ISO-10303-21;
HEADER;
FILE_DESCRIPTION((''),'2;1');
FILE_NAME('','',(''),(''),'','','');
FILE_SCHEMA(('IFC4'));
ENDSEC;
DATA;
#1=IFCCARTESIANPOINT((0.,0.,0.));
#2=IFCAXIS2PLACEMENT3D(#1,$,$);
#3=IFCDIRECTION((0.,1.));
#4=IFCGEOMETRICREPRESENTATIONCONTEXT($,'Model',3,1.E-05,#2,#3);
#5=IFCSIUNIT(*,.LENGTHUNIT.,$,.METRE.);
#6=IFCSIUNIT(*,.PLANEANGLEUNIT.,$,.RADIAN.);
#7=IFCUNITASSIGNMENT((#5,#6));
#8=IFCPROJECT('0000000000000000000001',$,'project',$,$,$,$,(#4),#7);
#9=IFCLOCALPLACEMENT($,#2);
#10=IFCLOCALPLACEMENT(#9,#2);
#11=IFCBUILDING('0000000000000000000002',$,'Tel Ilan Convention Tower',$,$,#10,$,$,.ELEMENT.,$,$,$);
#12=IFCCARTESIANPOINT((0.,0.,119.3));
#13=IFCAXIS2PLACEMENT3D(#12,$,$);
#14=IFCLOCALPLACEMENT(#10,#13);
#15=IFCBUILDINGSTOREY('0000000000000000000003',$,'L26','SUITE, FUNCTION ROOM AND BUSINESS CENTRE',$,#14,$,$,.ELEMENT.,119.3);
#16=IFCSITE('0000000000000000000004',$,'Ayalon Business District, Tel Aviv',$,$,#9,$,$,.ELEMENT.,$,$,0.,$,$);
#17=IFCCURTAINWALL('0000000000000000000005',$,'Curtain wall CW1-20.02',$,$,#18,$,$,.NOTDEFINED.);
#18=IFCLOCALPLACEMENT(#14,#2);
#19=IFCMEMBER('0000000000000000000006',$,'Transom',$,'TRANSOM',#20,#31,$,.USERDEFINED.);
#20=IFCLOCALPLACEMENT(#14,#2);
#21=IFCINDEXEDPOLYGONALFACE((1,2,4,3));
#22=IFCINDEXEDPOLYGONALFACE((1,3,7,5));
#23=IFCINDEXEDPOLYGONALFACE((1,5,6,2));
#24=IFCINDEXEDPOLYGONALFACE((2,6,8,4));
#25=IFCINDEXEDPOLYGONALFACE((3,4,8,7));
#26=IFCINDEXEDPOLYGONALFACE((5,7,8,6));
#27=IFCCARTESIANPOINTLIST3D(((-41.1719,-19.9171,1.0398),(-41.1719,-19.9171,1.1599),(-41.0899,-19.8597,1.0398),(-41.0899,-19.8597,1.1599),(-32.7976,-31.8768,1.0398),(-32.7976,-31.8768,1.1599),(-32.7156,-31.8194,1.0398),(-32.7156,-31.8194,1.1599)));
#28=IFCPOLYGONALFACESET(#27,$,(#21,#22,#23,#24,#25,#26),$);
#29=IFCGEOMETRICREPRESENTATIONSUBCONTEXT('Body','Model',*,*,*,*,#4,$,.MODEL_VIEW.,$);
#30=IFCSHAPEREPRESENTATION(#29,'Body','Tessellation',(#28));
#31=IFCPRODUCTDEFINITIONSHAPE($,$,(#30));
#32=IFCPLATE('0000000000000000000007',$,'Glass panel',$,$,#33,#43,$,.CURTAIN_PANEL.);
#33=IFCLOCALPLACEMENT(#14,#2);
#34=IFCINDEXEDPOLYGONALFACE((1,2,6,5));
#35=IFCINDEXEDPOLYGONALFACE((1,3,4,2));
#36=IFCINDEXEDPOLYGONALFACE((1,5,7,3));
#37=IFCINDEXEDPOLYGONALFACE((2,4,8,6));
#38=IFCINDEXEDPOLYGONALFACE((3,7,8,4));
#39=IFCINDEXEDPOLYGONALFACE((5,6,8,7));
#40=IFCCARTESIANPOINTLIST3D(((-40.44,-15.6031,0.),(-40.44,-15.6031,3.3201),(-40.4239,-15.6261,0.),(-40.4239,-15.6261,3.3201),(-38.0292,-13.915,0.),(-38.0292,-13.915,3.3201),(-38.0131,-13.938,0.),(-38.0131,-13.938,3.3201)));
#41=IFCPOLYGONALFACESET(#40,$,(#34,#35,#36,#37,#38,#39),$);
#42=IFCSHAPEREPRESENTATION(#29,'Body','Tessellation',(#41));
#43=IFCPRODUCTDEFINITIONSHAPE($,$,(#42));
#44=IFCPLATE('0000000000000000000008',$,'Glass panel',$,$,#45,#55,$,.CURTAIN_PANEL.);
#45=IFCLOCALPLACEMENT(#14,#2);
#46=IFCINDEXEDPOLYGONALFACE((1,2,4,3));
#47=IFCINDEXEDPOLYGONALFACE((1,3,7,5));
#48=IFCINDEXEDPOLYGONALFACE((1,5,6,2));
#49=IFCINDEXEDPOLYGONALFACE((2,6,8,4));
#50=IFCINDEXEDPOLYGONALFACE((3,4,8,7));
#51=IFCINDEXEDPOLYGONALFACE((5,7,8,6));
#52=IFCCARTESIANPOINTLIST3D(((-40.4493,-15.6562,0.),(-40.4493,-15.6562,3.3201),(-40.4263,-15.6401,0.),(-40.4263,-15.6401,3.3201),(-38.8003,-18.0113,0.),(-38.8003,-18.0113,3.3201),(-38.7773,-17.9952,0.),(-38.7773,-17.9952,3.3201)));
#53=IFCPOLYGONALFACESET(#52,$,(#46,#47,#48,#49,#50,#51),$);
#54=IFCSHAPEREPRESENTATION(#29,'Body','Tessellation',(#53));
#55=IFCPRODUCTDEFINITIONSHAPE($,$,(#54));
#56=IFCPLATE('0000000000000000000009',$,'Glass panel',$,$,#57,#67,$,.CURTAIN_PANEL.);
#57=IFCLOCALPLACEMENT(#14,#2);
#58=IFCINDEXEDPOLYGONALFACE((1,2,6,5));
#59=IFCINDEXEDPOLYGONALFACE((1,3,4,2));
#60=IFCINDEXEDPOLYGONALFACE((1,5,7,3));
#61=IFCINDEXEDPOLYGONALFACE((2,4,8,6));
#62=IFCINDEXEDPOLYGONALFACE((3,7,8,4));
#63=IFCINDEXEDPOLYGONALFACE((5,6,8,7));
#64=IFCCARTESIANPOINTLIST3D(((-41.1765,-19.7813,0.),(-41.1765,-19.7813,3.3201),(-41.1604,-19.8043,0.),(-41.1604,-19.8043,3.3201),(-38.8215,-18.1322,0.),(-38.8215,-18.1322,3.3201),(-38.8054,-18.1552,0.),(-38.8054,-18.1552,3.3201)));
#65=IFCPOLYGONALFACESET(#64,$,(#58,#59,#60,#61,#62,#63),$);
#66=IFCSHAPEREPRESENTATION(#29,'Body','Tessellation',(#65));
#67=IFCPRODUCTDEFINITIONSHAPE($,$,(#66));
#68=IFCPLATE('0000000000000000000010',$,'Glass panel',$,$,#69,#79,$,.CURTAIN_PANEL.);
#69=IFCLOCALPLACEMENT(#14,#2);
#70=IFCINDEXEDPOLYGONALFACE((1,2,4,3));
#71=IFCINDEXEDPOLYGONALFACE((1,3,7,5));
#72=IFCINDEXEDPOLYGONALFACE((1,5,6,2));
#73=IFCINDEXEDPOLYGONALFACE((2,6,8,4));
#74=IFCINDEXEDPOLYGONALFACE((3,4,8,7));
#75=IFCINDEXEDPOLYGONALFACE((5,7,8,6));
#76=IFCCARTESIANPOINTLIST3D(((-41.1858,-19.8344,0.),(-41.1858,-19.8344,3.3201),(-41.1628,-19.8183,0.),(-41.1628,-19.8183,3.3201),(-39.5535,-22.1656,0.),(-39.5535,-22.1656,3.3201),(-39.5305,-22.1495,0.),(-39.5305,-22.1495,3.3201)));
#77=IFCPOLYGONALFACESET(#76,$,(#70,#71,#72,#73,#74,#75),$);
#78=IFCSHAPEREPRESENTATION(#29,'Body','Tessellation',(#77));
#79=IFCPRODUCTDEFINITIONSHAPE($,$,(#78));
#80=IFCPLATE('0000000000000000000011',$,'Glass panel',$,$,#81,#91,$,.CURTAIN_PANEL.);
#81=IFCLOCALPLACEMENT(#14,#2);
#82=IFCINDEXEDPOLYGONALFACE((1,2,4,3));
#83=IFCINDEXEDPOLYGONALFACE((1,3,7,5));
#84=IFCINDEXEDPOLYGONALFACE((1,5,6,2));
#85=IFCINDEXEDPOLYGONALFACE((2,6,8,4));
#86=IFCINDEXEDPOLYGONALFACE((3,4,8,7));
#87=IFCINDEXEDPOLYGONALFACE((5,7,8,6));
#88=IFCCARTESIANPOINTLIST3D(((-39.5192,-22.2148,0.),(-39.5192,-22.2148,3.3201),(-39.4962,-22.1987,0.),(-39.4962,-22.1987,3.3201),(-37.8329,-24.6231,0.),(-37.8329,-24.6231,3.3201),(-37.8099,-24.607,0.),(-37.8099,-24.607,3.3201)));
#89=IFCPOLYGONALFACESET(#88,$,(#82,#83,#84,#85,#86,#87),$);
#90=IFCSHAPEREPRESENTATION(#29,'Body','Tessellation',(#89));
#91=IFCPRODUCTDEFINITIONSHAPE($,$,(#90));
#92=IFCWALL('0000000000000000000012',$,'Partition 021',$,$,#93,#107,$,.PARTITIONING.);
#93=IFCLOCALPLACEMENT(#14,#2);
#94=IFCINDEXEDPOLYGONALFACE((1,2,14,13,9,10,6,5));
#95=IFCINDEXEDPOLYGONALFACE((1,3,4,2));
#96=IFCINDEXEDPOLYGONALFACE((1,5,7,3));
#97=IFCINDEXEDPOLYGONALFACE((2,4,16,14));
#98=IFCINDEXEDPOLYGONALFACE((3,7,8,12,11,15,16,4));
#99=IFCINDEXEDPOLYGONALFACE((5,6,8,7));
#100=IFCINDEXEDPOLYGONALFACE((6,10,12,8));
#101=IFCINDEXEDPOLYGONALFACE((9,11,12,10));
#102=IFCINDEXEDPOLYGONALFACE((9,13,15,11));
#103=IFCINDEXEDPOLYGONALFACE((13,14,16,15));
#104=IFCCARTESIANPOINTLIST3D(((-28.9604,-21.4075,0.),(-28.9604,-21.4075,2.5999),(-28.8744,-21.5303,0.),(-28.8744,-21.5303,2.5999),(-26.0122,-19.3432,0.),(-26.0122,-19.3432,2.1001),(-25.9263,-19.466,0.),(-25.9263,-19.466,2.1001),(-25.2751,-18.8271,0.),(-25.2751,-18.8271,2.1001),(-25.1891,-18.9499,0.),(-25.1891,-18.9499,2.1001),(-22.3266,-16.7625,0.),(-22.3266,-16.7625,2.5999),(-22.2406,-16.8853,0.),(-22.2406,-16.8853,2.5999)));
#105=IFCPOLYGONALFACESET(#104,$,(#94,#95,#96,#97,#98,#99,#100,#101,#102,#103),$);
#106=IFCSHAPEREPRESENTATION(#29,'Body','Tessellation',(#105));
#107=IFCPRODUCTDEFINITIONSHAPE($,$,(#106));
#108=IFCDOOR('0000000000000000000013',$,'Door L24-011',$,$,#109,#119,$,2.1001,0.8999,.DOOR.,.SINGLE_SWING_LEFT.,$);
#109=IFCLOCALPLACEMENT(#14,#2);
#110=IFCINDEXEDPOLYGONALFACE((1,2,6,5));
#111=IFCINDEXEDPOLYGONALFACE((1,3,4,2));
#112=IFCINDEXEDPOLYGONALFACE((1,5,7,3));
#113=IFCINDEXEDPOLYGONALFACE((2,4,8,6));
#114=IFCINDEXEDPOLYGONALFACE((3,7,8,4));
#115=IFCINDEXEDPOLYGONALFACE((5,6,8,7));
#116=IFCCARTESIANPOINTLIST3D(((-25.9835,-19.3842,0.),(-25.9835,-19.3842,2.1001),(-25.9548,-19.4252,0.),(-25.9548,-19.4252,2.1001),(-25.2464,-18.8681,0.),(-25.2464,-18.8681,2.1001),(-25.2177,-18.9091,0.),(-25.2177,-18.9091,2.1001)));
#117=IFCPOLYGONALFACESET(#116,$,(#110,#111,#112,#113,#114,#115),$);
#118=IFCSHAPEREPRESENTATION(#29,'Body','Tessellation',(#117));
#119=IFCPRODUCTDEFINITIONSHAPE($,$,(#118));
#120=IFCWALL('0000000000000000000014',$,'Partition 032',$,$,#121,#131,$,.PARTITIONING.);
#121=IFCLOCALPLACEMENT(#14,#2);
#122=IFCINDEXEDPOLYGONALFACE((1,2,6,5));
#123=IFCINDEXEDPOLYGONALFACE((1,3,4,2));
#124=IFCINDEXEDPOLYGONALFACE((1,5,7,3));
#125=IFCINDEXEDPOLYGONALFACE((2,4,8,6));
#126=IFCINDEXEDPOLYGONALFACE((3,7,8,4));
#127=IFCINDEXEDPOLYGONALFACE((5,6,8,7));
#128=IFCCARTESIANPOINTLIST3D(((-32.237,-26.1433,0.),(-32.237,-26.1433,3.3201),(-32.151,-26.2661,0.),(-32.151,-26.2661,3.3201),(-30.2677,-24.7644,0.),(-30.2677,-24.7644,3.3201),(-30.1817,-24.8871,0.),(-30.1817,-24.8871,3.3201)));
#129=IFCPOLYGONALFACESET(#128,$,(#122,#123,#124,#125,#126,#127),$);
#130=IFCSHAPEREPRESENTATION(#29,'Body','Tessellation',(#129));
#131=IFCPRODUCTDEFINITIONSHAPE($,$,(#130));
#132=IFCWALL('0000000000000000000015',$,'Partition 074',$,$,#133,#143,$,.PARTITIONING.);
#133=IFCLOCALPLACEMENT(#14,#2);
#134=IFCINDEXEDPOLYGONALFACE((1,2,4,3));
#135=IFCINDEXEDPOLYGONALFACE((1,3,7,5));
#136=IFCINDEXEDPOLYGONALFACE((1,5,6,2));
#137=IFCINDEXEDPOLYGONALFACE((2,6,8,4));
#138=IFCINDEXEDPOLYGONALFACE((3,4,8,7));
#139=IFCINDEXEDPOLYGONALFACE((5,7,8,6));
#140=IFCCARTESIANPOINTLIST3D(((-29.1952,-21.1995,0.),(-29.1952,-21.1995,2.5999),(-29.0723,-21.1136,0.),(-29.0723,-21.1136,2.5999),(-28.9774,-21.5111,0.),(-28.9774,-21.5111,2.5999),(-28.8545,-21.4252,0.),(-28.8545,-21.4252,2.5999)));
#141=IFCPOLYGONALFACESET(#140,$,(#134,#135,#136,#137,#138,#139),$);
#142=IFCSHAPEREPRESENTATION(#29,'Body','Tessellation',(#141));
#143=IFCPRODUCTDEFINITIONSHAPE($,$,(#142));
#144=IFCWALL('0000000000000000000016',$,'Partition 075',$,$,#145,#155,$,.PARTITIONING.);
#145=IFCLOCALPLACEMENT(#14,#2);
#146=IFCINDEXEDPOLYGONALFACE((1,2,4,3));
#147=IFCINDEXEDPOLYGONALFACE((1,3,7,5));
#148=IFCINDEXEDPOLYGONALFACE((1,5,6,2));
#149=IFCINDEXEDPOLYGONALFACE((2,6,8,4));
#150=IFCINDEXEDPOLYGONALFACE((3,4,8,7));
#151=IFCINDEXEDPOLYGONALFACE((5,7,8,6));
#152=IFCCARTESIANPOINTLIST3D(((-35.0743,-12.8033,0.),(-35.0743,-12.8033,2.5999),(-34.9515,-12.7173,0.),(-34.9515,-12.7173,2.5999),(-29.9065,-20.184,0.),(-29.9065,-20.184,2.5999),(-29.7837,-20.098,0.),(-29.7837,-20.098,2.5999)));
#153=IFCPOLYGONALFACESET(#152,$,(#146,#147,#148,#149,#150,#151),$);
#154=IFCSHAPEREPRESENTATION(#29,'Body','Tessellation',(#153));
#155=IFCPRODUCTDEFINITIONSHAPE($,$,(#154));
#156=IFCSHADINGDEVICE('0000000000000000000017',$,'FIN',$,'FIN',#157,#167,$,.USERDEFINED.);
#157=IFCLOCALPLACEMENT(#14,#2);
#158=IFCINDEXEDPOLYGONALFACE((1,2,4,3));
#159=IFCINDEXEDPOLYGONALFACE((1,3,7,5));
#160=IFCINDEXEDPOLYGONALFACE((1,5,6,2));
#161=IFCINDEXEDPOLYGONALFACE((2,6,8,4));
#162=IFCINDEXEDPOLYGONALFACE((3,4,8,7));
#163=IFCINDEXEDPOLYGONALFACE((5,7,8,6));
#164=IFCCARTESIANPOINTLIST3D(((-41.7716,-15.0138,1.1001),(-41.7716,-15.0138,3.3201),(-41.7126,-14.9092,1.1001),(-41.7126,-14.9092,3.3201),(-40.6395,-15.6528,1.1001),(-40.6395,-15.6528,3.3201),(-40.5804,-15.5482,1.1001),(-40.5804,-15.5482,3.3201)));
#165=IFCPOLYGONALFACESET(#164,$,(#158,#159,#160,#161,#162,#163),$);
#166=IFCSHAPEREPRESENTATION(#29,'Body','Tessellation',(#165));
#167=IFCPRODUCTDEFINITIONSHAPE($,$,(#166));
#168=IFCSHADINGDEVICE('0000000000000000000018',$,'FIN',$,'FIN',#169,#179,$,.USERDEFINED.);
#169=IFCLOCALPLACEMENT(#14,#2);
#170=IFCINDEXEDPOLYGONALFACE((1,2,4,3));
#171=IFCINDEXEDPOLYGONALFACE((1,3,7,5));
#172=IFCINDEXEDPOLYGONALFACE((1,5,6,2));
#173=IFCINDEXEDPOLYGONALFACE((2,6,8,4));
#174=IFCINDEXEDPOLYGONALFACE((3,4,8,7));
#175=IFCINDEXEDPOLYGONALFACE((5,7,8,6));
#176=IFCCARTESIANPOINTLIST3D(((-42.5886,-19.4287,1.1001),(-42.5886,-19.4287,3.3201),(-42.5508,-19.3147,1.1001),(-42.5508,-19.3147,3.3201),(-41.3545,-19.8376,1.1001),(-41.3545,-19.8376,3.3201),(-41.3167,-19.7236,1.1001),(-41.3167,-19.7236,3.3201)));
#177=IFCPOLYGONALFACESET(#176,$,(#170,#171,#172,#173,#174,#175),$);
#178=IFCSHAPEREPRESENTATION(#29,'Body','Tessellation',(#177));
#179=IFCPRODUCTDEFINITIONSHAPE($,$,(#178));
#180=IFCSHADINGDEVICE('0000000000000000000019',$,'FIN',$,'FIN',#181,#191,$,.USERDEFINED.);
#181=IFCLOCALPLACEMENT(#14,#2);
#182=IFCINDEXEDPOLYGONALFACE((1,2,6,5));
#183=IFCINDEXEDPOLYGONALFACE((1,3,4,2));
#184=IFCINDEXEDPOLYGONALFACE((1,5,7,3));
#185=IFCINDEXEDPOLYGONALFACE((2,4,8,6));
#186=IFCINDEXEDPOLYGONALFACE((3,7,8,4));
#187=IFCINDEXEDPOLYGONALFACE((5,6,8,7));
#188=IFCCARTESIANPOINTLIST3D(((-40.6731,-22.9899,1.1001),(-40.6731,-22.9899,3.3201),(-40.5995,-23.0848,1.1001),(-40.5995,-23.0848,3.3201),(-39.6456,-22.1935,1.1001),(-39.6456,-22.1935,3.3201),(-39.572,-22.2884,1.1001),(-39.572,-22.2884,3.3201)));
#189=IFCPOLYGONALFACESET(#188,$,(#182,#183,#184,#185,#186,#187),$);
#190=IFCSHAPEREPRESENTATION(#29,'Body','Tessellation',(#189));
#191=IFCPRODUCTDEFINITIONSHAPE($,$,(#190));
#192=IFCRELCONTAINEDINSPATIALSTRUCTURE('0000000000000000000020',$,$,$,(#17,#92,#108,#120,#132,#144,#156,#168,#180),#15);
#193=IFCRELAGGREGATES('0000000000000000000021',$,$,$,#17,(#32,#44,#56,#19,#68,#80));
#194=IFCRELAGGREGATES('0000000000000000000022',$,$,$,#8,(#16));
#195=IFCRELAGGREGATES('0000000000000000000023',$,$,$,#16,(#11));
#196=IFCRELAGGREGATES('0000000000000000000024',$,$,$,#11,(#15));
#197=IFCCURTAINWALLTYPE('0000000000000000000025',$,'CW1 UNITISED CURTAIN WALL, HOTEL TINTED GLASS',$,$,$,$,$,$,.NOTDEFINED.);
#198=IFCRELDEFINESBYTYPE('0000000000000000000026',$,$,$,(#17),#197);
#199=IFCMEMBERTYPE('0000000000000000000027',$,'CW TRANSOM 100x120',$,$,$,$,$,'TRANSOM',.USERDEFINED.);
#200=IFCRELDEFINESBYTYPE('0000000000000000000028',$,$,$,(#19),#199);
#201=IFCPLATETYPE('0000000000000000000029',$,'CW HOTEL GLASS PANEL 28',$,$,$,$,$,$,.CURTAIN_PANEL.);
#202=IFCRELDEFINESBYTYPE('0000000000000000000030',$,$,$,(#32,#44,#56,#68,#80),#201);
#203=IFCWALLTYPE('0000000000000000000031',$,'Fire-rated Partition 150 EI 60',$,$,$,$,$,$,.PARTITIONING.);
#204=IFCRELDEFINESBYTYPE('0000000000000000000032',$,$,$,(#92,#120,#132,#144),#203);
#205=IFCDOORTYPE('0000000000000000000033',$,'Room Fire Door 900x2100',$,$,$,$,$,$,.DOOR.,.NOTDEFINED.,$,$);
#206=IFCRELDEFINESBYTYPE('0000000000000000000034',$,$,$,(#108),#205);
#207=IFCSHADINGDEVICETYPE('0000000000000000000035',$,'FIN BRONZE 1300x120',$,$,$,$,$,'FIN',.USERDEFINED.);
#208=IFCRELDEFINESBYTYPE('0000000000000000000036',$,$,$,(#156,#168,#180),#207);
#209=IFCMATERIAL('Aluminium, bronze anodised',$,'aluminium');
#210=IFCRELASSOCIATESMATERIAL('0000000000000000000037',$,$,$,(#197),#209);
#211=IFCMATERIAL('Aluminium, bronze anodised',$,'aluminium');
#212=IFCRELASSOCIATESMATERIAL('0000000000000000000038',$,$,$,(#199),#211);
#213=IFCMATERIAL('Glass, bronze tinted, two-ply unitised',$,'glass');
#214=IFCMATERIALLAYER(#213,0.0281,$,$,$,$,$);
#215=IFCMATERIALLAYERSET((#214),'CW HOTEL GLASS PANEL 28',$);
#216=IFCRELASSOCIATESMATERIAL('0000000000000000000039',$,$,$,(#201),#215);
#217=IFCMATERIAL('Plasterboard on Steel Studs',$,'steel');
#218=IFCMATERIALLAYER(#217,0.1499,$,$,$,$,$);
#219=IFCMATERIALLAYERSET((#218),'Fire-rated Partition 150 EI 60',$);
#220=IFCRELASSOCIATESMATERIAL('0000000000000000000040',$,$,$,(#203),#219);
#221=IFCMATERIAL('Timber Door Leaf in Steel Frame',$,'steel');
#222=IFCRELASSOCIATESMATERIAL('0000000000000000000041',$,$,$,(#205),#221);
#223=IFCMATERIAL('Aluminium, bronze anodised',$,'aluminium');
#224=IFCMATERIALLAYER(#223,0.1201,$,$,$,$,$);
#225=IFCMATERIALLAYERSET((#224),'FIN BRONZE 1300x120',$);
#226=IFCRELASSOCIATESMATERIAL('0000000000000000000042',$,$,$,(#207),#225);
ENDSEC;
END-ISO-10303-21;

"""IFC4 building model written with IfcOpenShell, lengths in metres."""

from ifc_helpers import new_model, si_unit, direction, frame, frame_2d, origin, origin_2d, place, context, subcontext, project, spatial, rectangle, extrude, material, layer, layer_set, material_profile, profile_set, type_object, element, fill, aggregate, save


model = new_model("IFC4")

# Units and contexts
model_context = context("Model", 3, precision=1e-05, world=origin(), true_north=direction((0.0, 1.0)))
body_context = subcontext(model_context, "Body", "Model", "MODEL_VIEW")
ifc_project = project(units=[si_unit("LENGTHUNIT", "METRE"), si_unit("PLANEANGLEUNIT", "RADIAN")], contexts=[model_context])

# Site, building, storey
site_placement = place(None, origin())
site = spatial("IfcSite", under=ifc_project, at=site_placement, Name="Ayalon Business District, Tel Aviv", CompositionType="ELEMENT", RefElevation=0.0)
building_placement = place(site_placement, origin())
building = spatial("IfcBuilding", under=site, at=building_placement, Name="Tel Ilan Convention Tower", CompositionType="ELEMENT")
storey_placement = place(building_placement, frame((0.0, 0.0, 119.3)))
storey = spatial("IfcBuildingStorey", under=building, at=storey_placement, Name="L26", Description="SUITE, FUNCTION ROOM AND BUSINESS CENTRE", CompositionType="ELEMENT", Elevation=119.3)

# Curtain wall, member, plates
ifc_material_1 = material(Name="Aluminium, bronze anodised", Category="aluminium")
curtain_wall_type = type_object("IfcCurtainWallType", Name="CW1 UNITISED CURTAIN WALL, HOTEL TINTED GLASS", PredefinedType="NOTDEFINED", material=ifc_material_1)
curtain_wall_placement = place(storey_placement, origin())
curtain_wall = element("IfcCurtainWall", 1, at=curtain_wall_placement, inside=storey, type_object=curtain_wall_type, Name="Curtain wall CW1-20.02", PredefinedType="NOTDEFINED")
ifc_material_2 = material(Name="Aluminium, bronze anodised", Category="aluminium")
ifc_material_profile_1 = material_profile(ifc_material_2, rectangle(XDim=0.1001, YDim=0.1201, at=origin_2d()), Name="CW TRANSOM 100x120")
ifc_profile_set_1 = profile_set([ifc_material_profile_1], Name="Aluminium, bronze anodised")
member_type_1 = type_object("IfcMemberType", Name="CW TRANSOM 100x120", ElementType="TRANSOM", PredefinedType="USERDEFINED", material=ifc_profile_set_1)
member_1_placement = place(storey_placement, frame((-41.1309, -19.8884, 1.0999), z_axis=(0.573576, -0.819153, 0.0), x_axis=(0.819153, 0.573576, 0.0)))
member_1 = element("IfcMember", 2, at=member_1_placement, type_object=member_type_1, Name="Transom", ObjectType="TRANSOM", PredefinedType="USERDEFINED", context=body_context, shape_type="SweptSolid", body=[
    extrude(rectangle(XDim=0.1001, YDim=0.1201, at=origin_2d()), origin(), (0.0, 0.0, 1.0), 14.6001),
])
ifc_material_3 = material(Name="Glass, bronze tinted, two-ply unitised", Category="glass")
ifc_layer_1 = layer(ifc_material_3, 0.0281)
ifc_layer_set_1 = layer_set([ifc_layer_1], Name="CW HOTEL GLASS PANEL 28")
plate_type = type_object("IfcPlateType", Name="CW HOTEL GLASS PANEL 28", PredefinedType="CURTAIN_PANEL", material=ifc_layer_set_1)
plate_1_placement = place(storey_placement, frame((-39.2266, -14.7705, 0.0), z_axis=(0.0, 0.0, 1.0), x_axis=(-0.819152, -0.573576, 0.0)))
plate_1 = element("IfcPlate", 3, at=plate_1_placement, type_object=plate_type, Name="Glass panel", PredefinedType="CURTAIN_PANEL", context=body_context, shape_type="SweptSolid", body=[
    extrude(rectangle(XDim=2.9431, YDim=0.0281, at=origin_2d()), origin(), (0.0, 0.0, 1.0), 3.3201),
])
plate_2_placement = place(storey_placement, frame((-39.6133, -16.8257, 0.0), z_axis=(0.0, 0.0, 1.0), x_axis=(0.573576, -0.819152, 0.0)))
plate_2 = element("IfcPlate", 4, at=plate_2_placement, type_object=plate_type, Name="Glass panel", PredefinedType="CURTAIN_PANEL", context=body_context, shape_type="SweptSolid", body=[
    extrude(rectangle(XDim=2.875, YDim=0.0281, at=origin_2d()), origin(), (0.0, 0.0, 1.0), 3.3201),
])
plate_3_placement = place(storey_placement, frame((-39.991, -18.9683, 0.0), z_axis=(0.0, 0.0, 1.0), x_axis=(-0.819152, -0.573576, 0.0)))
plate_3 = element("IfcPlate", 5, at=plate_3_placement, type_object=plate_type, Name="Glass panel", PredefinedType="CURTAIN_PANEL", context=body_context, shape_type="SweptSolid", body=[
    extrude(rectangle(XDim=2.875, YDim=0.0281, at=origin_2d()), origin(), (0.0, 0.0, 1.0), 3.3201),
])
plate_4_placement = place(storey_placement, frame((-40.3582, -20.9919, 0.0), z_axis=(0.0, 0.0, 1.0), x_axis=(0.573576, -0.819152, 0.0)))
plate_4 = element("IfcPlate", 6, at=plate_4_placement, type_object=plate_type, Name="Glass panel", PredefinedType="CURTAIN_PANEL", context=body_context, shape_type="SweptSolid", body=[
    extrude(rectangle(XDim=2.8459, YDim=0.0281, at=origin_2d()), origin(), (0.0, 0.0, 1.0), 3.3201),
])
plate_5_placement = place(storey_placement, frame((-38.6646, -23.4109, 0.0), z_axis=(0.0, 0.0, 1.0), x_axis=(0.573576, -0.819152, 0.0)))
plate_5 = element("IfcPlate", 7, at=plate_5_placement, type_object=plate_type, Name="Glass panel", PredefinedType="CURTAIN_PANEL", context=body_context, shape_type="SweptSolid", body=[
    extrude(rectangle(XDim=2.9399, YDim=0.0281, at=origin_2d()), origin(), (0.0, 0.0, 1.0), 3.3201),
])
aggregate(curtain_wall, [plate_1, plate_2, plate_3, member_1, plate_4, plate_5])

# Wall, opening, door
ifc_material_4 = material(Name="Plasterboard on Steel Studs", Category="steel")
ifc_layer_2 = layer(ifc_material_4, 0.1499)
ifc_layer_set_2 = layer_set([ifc_layer_2], Name="Fire-rated Partition 150 EI 60")
wall_type = type_object("IfcWallType", Name="Fire-rated Partition 150 EI 60", PredefinedType="PARTITIONING", material=ifc_layer_set_2)
wall_1_placement = place(storey_placement, frame((-28.9175, -21.469, 0.0), z_axis=(0.0, 0.0, 1.0), x_axis=(0.819153, 0.573576, 0.0)))
wall_1 = element("IfcWall", 8, at=wall_1_placement, inside=storey, type_object=wall_type, Name="Partition 021", PredefinedType="PARTITIONING", context=body_context, shape_type="SweptSolid", body=[
    extrude(rectangle(XDim=8.0984, YDim=0.1499, at=frame_2d((4.0493, 0.0))), origin(), (0.0, 0.0, 1.0), 2.5999),
])
opening_placement = place(wall_1_placement, frame((3.5991, 0.0, 0.0)))
opening = element("IfcOpeningElement", 9, at=opening_placement, cuts=wall_1, PredefinedType="OPENING", context=body_context, shape_type="SweptSolid", body=[
    extrude(rectangle(XDim=0.8999, YDim=2.1001, at=frame_2d((0.45, 1.05))), frame((0.0, 0.085, 0.0), z_axis=(0.0, -1.0, 0.0), x_axis=(1.0, 0.0, 0.0)), (0.0, 0.0, 1.0), 0.1699),
])
ifc_material_5 = material(Name="Timber Door Leaf in Steel Frame", Category="steel")
door_type = type_object("IfcDoorType", Name="Room Fire Door 900x2100", OperationType="NOTDEFINED", PredefinedType="DOOR", material=ifc_material_5)
door_placement = place(opening_placement, origin())
door = element("IfcDoor", 10, at=door_placement, inside=storey, type_object=door_type, Name="Door L24-011", OperationType="SINGLE_SWING_LEFT", OverallHeight=2.1001, OverallWidth=0.8999, PredefinedType="DOOR", context=body_context, shape_type="SweptSolid", body=[
    extrude(rectangle(XDim=0.8999, YDim=2.1001, at=frame_2d((0.45, 1.05))), frame((0.0, 0.0249, 0.0), z_axis=(0.0, -1.0, 0.0), x_axis=(1.0, 0.0, 0.0)), (0.0, 0.0, 1.0), 0.05),
])
fill(opening, door)

# Walls
wall_2_placement = place(storey_placement, frame((-30.2246, -24.8257, 0.0), z_axis=(0.0, 0.0, 1.0), x_axis=(-0.819146, -0.573585, 0.0)))
element("IfcWall", 11, at=wall_2_placement, inside=storey, type_object=wall_type, Name="Partition 032", PredefinedType="PARTITIONING", context=body_context, shape_type="SweptSolid", body=[
    extrude(rectangle(XDim=2.4041, YDim=0.1499, at=frame_2d((1.2021, 0.0))), origin(), (0.0, 0.0, 1.0), 3.3201),
])
wall_3_placement = place(storey_placement, frame((-28.916, -21.468, 0.0), z_axis=(0.0, 0.0, 1.0), x_axis=(-0.572945, 0.819594, 0.0)))
element("IfcWall", 12, at=wall_3_placement, inside=storey, type_object=wall_type, Name="Partition 074", PredefinedType="PARTITIONING", context=body_context, shape_type="SweptSolid", body=[
    extrude(rectangle(XDim=0.3801, YDim=0.1499, at=frame_2d((0.1899, 0.0))), origin(), (0.0, 0.0, 1.0), 2.5999),
])
wall_4_placement = place(storey_placement, frame((-29.8452, -20.1409, 0.0), z_axis=(0.0, 0.0, 1.0), x_axis=(-0.573559, 0.819164, 0.0)))
element("IfcWall", 13, at=wall_4_placement, inside=storey, type_object=wall_type, Name="Partition 075", PredefinedType="PARTITIONING", context=body_context, shape_type="SweptSolid", body=[
    extrude(rectangle(XDim=9.01, YDim=0.1499, at=frame_2d((4.5049, 0.0))), origin(), (0.0, 0.0, 1.0), 2.5999),
])

# Shading devices
ifc_material_6 = material(Name="Aluminium, bronze anodised", Category="aluminium")
ifc_layer_3 = layer(ifc_material_6, 0.1201)
ifc_layer_set_3 = layer_set([ifc_layer_3], Name="FIN BRONZE 1300x120")
shading_device_type = type_object("IfcShadingDeviceType", Name="FIN BRONZE 1300x120", ElementType="FIN", PredefinedType="USERDEFINED", material=ifc_layer_set_3)
for number, where, z_axis, x_axis, name in (
    (14, (-41.176, -15.281, 1.1001), (0.0, 0.0, 1.0), (-0.870833, 0.491579, 0.0), "FIN"),
    (15, (-41.9526, -19.5762, 1.1001), (0.0, 0.0, 1.0), (-0.949243, 0.314545, 0.0), "FIN"),
    (16, (-40.1226, -22.6392, 1.1001), (0.0, 0.0, 1.0), (-0.790393, -0.612601, 0.0), "FIN"),
):
    element("IfcShadingDevice", number, at=place(storey_placement, frame(where, z_axis=z_axis, x_axis=x_axis)), inside=storey, type_object=shading_device_type, Name=name, ObjectType="FIN", PredefinedType="USERDEFINED", context=body_context, shape_type="SweptSolid", body=[
        extrude(rectangle(XDim=1.3, YDim=0.1201, at=origin_2d()), origin(), (0.0, 0.0, 1.0), 2.22),
    ])

save(model, "model.ifc")
